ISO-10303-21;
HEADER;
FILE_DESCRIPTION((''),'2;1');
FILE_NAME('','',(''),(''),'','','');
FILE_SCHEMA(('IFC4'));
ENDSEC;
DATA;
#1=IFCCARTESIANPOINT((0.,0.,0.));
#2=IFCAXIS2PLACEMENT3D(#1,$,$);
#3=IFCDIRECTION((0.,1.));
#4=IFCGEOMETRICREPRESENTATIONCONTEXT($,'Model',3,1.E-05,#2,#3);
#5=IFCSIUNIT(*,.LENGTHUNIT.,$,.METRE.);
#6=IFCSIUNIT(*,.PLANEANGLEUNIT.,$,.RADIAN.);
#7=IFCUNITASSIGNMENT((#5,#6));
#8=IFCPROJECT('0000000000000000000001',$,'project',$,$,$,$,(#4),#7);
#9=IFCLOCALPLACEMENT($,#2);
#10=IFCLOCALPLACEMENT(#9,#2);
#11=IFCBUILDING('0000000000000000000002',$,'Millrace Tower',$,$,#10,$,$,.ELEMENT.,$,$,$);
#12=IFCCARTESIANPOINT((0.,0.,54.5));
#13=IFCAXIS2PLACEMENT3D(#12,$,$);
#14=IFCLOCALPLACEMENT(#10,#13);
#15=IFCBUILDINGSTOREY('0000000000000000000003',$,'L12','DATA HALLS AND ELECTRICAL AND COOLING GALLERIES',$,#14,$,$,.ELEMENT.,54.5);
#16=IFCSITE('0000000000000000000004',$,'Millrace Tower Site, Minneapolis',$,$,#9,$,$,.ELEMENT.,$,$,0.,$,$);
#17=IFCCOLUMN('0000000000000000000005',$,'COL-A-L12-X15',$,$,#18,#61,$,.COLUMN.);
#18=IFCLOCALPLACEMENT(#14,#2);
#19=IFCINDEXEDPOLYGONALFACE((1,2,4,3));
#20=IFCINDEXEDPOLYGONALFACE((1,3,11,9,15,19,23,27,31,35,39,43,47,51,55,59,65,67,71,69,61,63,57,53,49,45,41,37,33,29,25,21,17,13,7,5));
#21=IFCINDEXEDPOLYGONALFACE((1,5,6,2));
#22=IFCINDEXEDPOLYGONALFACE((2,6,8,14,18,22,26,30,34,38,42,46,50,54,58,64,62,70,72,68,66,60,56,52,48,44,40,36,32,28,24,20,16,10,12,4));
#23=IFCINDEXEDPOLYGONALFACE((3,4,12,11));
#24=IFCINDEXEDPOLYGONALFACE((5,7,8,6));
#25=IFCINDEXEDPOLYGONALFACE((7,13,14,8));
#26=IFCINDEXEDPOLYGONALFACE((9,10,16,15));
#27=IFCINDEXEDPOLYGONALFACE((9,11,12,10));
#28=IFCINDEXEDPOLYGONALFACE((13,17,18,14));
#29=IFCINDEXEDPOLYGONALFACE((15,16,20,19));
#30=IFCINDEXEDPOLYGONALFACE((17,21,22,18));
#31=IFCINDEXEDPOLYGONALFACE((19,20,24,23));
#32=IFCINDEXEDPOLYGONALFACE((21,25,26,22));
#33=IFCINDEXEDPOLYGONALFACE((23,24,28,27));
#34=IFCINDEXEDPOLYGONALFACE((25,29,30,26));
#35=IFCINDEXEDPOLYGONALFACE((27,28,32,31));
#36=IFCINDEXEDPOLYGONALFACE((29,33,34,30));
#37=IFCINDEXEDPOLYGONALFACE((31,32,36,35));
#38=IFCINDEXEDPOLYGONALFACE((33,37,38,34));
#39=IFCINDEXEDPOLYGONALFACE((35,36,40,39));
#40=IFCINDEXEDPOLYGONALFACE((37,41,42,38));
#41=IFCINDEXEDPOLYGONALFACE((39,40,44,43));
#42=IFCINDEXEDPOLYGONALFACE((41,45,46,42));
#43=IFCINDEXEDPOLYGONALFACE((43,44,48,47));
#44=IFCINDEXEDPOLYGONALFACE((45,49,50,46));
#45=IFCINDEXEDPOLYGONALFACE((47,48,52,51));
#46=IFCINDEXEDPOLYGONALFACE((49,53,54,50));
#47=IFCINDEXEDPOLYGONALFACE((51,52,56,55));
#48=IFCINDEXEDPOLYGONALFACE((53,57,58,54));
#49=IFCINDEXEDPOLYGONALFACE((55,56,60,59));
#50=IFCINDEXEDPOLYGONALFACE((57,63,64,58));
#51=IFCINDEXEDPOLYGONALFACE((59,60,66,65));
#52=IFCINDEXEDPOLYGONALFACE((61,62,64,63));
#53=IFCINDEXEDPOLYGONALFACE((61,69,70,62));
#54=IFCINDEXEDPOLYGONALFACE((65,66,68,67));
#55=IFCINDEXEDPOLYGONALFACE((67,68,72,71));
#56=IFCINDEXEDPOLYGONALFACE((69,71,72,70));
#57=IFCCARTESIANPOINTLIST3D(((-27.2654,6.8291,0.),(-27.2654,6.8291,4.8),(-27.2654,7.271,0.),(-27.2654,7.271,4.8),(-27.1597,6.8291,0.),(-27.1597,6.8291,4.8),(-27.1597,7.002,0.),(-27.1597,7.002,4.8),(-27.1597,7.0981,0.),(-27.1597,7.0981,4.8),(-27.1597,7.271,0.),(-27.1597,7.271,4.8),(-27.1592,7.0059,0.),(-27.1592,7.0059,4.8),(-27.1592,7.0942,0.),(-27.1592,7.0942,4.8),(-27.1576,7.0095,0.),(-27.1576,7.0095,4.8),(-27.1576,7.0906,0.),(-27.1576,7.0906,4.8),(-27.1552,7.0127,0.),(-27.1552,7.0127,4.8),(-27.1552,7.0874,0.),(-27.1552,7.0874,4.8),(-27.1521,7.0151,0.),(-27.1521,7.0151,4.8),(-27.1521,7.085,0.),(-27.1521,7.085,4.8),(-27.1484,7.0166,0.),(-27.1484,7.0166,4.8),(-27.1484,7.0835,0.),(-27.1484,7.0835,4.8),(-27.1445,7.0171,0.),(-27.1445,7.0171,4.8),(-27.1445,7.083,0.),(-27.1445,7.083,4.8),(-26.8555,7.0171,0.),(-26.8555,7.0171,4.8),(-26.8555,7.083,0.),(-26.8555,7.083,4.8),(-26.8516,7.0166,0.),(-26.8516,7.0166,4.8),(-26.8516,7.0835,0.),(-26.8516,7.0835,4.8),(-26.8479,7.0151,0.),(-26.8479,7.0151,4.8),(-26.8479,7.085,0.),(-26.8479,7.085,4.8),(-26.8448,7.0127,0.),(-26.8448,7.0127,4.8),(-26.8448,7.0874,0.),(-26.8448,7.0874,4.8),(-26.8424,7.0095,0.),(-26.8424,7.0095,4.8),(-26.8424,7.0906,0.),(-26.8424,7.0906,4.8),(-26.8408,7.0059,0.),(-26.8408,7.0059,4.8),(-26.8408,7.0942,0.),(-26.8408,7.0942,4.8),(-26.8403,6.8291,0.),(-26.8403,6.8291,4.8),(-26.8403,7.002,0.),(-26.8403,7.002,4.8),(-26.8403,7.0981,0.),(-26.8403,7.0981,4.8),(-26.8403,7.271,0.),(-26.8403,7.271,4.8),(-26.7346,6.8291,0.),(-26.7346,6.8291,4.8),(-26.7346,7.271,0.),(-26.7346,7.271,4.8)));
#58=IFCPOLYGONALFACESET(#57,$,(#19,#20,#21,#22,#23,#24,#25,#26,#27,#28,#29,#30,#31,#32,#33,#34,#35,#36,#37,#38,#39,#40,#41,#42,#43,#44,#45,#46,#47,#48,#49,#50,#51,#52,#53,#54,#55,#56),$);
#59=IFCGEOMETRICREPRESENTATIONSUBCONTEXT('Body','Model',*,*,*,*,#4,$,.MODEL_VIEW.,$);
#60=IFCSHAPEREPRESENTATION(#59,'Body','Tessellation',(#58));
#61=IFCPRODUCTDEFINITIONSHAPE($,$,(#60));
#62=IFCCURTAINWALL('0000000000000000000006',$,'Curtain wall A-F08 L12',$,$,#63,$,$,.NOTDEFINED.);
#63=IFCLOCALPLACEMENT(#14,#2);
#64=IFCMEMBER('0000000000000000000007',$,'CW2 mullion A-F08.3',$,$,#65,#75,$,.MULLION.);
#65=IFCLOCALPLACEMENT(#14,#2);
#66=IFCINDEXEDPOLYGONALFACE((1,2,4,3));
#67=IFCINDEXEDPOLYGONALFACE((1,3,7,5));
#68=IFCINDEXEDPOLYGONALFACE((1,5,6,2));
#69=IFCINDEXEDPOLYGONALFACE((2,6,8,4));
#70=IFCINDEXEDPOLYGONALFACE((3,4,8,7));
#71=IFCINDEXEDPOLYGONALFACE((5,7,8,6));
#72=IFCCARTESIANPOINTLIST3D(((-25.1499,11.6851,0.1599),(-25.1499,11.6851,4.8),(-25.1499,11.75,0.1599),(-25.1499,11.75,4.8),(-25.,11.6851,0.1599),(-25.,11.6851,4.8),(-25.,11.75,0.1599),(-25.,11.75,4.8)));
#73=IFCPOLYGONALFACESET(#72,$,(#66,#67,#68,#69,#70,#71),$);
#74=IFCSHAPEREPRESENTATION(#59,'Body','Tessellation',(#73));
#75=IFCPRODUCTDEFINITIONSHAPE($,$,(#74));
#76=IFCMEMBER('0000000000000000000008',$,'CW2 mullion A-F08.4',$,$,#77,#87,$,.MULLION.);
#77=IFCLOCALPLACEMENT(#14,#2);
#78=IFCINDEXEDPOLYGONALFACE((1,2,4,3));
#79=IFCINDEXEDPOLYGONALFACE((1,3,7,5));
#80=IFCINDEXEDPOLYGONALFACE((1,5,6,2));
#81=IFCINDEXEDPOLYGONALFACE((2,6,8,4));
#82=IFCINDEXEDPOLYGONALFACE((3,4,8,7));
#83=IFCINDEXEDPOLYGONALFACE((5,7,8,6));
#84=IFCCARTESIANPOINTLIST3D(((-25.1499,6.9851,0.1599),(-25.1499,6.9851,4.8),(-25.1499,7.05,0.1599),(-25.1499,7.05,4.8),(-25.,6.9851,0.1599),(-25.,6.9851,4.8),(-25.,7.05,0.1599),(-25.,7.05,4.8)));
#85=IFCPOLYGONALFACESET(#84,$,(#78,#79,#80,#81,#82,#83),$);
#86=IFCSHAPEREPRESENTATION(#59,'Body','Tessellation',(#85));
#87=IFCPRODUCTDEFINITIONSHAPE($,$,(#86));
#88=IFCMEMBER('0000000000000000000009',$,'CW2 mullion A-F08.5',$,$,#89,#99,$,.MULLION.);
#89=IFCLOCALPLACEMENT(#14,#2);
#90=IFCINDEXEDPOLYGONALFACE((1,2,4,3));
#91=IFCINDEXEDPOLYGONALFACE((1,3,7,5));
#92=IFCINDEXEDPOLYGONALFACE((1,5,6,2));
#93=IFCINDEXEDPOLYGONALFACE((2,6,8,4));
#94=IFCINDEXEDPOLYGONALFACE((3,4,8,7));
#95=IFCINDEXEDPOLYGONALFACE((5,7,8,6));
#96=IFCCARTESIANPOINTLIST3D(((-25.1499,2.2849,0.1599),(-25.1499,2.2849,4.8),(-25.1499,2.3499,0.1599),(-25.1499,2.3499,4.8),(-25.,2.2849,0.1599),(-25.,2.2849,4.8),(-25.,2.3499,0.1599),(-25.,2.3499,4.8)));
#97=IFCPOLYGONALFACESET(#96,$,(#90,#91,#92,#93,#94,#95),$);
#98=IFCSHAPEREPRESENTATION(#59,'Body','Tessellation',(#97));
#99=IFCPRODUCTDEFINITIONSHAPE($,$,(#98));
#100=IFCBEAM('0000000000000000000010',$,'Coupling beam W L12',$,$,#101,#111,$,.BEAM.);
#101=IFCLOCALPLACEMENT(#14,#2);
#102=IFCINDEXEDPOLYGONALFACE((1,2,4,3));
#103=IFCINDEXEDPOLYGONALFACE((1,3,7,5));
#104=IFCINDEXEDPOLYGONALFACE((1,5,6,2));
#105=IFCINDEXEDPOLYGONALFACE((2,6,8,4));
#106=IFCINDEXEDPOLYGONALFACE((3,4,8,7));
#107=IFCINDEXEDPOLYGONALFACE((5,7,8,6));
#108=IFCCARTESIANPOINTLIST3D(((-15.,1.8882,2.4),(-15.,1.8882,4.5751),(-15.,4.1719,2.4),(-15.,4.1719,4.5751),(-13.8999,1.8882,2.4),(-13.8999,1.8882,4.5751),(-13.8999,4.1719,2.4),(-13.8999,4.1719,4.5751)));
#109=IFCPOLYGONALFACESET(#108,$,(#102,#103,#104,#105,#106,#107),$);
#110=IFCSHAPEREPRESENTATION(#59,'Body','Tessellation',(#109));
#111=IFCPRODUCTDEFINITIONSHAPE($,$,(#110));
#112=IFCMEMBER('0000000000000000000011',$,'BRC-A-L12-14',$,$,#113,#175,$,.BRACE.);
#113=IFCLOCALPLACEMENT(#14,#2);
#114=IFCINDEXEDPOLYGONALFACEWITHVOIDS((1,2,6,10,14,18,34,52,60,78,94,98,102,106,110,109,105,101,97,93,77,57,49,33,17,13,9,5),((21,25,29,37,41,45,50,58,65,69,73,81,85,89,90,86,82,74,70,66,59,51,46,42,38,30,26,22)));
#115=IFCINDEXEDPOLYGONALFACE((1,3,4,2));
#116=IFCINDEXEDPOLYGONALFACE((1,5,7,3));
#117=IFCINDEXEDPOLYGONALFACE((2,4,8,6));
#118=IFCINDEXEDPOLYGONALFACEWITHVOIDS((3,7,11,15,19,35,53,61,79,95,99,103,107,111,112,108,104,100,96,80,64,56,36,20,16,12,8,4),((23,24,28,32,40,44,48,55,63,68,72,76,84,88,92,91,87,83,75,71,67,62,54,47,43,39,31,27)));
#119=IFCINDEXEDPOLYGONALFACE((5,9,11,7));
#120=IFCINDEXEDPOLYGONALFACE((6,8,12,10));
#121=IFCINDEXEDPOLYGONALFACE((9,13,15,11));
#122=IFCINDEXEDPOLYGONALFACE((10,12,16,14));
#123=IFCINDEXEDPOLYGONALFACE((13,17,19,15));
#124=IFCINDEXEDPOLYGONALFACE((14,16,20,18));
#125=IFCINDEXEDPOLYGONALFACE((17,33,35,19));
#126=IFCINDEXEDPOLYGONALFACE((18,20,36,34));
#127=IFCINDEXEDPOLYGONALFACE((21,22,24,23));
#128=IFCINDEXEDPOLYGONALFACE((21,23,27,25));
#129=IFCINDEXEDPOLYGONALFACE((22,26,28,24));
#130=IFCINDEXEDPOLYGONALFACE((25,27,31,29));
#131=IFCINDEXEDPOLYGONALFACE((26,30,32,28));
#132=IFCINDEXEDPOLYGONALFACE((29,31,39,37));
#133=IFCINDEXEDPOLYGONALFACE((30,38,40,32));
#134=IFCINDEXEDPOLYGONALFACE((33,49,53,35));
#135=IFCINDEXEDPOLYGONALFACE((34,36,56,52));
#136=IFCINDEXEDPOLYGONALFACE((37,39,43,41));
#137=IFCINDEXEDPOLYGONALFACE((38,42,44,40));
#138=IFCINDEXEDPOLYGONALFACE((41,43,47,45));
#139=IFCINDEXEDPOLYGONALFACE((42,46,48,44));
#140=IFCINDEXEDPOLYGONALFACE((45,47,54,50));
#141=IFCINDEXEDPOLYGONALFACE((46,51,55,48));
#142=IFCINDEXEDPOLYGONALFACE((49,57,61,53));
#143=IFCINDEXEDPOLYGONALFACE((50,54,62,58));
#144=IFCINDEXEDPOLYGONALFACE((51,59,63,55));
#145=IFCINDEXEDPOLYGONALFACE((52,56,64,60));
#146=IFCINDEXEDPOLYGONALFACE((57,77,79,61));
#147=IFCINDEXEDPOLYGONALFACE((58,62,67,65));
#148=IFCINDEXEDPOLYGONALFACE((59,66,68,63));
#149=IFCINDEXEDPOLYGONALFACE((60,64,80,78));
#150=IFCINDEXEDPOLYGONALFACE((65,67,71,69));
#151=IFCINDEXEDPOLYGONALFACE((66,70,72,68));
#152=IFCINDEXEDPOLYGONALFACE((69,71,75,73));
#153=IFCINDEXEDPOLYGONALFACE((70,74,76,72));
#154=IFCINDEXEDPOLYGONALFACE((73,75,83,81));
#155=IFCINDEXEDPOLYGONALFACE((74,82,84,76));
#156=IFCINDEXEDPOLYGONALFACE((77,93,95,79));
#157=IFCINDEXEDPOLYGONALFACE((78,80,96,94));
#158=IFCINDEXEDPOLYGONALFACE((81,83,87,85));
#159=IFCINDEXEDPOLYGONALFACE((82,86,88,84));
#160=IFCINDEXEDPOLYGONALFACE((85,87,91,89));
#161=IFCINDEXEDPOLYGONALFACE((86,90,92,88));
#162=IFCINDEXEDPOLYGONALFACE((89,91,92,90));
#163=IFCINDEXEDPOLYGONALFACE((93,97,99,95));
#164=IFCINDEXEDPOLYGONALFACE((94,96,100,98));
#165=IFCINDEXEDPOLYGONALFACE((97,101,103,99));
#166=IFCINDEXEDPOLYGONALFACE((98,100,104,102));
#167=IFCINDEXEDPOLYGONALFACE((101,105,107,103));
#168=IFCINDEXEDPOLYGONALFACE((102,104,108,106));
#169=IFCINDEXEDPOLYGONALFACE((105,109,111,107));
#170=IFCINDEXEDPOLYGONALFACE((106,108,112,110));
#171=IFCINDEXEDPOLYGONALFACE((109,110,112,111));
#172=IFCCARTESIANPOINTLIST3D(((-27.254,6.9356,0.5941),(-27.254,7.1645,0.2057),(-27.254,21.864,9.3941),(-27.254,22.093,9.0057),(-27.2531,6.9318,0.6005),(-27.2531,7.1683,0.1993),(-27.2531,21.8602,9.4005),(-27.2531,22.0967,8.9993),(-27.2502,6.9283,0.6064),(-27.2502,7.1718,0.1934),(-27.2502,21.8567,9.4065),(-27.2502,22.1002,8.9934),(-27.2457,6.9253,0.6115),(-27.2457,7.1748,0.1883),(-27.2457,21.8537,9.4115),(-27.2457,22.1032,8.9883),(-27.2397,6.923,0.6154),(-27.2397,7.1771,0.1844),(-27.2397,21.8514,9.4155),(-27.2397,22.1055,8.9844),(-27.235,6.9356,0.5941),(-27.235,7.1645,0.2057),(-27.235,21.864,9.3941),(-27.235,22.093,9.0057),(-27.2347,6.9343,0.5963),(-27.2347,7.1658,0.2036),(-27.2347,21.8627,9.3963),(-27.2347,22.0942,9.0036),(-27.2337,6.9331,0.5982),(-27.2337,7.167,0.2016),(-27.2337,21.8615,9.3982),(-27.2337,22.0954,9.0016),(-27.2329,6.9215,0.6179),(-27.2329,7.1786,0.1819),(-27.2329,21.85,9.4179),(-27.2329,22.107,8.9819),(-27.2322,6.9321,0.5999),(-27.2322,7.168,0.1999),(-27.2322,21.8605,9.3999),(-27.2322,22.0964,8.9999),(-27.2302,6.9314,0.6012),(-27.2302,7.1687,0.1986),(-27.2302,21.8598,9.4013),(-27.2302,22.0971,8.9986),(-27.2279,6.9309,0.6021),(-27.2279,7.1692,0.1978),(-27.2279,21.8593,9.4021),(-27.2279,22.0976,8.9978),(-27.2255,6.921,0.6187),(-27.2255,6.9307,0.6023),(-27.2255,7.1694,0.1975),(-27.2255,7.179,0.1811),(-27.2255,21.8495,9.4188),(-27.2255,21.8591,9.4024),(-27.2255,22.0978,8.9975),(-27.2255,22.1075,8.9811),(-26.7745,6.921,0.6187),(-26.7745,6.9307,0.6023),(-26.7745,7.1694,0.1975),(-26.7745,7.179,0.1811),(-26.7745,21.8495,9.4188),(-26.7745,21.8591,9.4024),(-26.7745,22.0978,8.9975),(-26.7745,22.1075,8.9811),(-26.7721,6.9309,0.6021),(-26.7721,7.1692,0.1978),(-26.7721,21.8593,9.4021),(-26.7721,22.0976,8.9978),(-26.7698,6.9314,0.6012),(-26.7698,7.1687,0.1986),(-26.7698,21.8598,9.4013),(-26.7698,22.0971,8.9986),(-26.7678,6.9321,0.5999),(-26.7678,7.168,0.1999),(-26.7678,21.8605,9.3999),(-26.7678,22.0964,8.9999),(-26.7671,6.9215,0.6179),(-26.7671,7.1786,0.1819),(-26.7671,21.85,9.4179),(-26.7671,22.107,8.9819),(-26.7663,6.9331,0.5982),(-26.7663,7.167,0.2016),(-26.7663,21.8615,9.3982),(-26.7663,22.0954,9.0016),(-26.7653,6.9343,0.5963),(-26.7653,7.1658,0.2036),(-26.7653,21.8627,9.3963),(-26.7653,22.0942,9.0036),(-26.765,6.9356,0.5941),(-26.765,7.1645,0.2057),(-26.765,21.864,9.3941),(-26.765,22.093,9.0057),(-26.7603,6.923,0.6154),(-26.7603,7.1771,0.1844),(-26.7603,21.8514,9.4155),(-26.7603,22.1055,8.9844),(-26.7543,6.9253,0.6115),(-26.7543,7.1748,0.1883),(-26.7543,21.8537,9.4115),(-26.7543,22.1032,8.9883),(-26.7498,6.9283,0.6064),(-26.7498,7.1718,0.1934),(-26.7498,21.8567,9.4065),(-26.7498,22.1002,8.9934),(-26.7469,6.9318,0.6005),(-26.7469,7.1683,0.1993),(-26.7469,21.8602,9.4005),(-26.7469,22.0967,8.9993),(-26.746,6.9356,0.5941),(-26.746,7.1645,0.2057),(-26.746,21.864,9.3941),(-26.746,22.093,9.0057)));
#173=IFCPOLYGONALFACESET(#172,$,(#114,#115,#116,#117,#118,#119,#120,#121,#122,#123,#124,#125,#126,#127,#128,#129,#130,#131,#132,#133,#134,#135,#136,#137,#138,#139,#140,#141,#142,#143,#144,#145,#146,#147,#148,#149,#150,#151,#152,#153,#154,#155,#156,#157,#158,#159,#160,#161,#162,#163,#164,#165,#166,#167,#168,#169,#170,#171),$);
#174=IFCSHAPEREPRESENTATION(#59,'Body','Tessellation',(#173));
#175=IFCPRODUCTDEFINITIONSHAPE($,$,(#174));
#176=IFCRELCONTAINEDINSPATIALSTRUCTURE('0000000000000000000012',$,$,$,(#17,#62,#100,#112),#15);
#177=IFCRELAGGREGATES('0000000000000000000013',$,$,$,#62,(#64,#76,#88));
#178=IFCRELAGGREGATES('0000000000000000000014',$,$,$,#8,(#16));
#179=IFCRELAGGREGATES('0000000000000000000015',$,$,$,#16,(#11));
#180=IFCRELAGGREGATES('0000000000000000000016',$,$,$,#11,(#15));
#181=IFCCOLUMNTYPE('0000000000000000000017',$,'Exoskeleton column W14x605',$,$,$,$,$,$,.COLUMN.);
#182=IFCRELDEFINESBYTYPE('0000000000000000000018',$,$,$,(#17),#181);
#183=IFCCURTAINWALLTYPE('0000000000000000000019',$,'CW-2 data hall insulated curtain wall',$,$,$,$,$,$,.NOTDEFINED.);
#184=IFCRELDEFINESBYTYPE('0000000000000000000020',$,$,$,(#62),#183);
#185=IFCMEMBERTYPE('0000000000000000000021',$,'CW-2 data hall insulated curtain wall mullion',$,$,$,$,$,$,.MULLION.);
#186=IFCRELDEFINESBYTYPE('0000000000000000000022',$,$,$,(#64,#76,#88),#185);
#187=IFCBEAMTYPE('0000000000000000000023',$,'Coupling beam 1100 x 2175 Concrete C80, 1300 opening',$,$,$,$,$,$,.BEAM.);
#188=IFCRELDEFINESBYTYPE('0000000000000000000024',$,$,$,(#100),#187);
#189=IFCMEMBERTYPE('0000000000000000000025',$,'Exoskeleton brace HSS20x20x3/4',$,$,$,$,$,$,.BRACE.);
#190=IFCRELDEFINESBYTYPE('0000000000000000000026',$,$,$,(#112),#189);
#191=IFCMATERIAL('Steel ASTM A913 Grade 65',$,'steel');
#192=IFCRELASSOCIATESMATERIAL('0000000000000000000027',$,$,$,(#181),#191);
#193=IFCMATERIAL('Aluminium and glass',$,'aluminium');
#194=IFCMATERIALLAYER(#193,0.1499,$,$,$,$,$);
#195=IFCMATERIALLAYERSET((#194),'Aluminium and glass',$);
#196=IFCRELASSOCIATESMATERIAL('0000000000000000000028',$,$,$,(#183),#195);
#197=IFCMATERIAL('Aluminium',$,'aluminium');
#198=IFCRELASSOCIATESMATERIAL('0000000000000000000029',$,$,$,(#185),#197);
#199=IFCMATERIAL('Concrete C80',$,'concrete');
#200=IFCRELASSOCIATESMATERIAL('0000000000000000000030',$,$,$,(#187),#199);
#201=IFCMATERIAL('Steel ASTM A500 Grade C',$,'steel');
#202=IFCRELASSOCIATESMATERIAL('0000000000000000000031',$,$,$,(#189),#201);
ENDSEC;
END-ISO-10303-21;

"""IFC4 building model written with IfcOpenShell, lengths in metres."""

from ifc_helpers import new_model, si_unit, direction, frame, origin, origin_2d, place, context, subcontext, project, spatial, rectangle, hollow_rectangle, i_section, extrude, material, layer, layer_set, material_profile, profile_set, type_object, element, aggregate, save


model = new_model("IFC4")

# Units and contexts
model_context = context("Model", 3, precision=1e-05, world=origin(), true_north=direction((0.0, 1.0)))
body_context = subcontext(model_context, "Body", "Model", "MODEL_VIEW")
ifc_project = project(units=[si_unit("LENGTHUNIT", "METRE"), si_unit("PLANEANGLEUNIT", "RADIAN")], contexts=[model_context])

# Site, building, storey
site_placement = place(None, origin())
site = spatial("IfcSite", under=ifc_project, at=site_placement, Name="Millrace Tower Site, Minneapolis", CompositionType="ELEMENT", RefElevation=0.0)
building_placement = place(site_placement, origin())
building = spatial("IfcBuilding", under=site, at=building_placement, Name="Millrace Tower", CompositionType="ELEMENT")
storey_placement = place(building_placement, frame((0.0, 0.0, 54.5)))
storey = spatial("IfcBuildingStorey", under=building, at=storey_placement, Name="L12", Description="DATA HALLS AND ELECTRICAL AND COOLING GALLERIES", CompositionType="ELEMENT", Elevation=54.5)

# Column
ifc_material_1 = material(Name="Steel ASTM A913 Grade 65", Category="steel")
ifc_material_profile_1 = material_profile(ifc_material_1, i_section(OverallWidth=0.4419, OverallDepth=0.5308, WebThickness=0.0659, FlangeThickness=0.1057, FilletRadius=0.0151, at=origin_2d()))
ifc_profile_set_1 = profile_set([ifc_material_profile_1], Name="Steel ASTM A913 Grade 65")
column_type = type_object("IfcColumnType", Name="Exoskeleton column W14x605", PredefinedType="COLUMN", material=ifc_profile_set_1)
column_placement = place(storey_placement, frame((-27.0, 7.05, 0.0), z_axis=(0.0, 0.0, 1.0), x_axis=(0.0, -1.0, 0.0)))
element("IfcColumn", 1, at=column_placement, inside=storey, type_object=column_type, Name="COL-A-L12-X15", PredefinedType="COLUMN", context=body_context, shape_type="SweptSolid", body=[
    extrude(i_section(OverallWidth=0.4419, OverallDepth=0.5308, WebThickness=0.0659, FlangeThickness=0.1057, FilletRadius=0.0151, at=origin_2d()), origin(), (0.0, 0.0, 1.0), 4.8),
])

# Curtain wall, members
ifc_material_2 = material(Name="Aluminium and glass", Category="aluminium")
ifc_layer_1 = layer(ifc_material_2, 0.1499)
ifc_layer_set_1 = layer_set([ifc_layer_1], Name="Aluminium and glass")
curtain_wall_type = type_object("IfcCurtainWallType", Name="CW-2 data hall insulated curtain wall", PredefinedType="NOTDEFINED", material=ifc_layer_set_1)
curtain_wall_placement = place(storey_placement, origin())
curtain_wall = element("IfcCurtainWall", 2, at=curtain_wall_placement, inside=storey, type_object=curtain_wall_type, Name="Curtain wall A-F08 L12", PredefinedType="NOTDEFINED")
ifc_material_3 = material(Name="Aluminium", Category="aluminium")
ifc_material_profile_2 = material_profile(ifc_material_3, rectangle(XDim=0.0649, YDim=0.1499, at=origin_2d()))
ifc_profile_set_2 = profile_set([ifc_material_profile_2], Name="Aluminium")
member_type_1 = type_object("IfcMemberType", Name="CW-2 data hall insulated curtain wall mullion", PredefinedType="MULLION", material=ifc_profile_set_2)
member_1_placement = place(storey_placement, frame((-25.075, 11.7175, 0.1599), z_axis=(0.0, 0.0, 1.0), x_axis=(0.0, -1.0, 0.0)))
member_1 = element("IfcMember", 3, at=member_1_placement, type_object=member_type_1, Name="CW2 mullion A-F08.3", PredefinedType="MULLION", context=body_context, shape_type="SweptSolid", body=[
    extrude(rectangle(XDim=0.0649, YDim=0.1499, at=origin_2d()), origin(), (0.0, 0.0, 1.0), 4.6401),
])
member_2_placement = place(storey_placement, frame((-25.075, 7.0176, 0.1599), z_axis=(0.0, 0.0, 1.0), x_axis=(0.0, -1.0, 0.0)))
member_2 = element("IfcMember", 4, at=member_2_placement, type_object=member_type_1, Name="CW2 mullion A-F08.4", PredefinedType="MULLION", context=body_context, shape_type="SweptSolid", body=[
    extrude(rectangle(XDim=0.0649, YDim=0.1499, at=origin_2d()), origin(), (0.0, 0.0, 1.0), 4.6401),
])
member_3_placement = place(storey_placement, frame((-25.075, 2.3174, 0.1599), z_axis=(0.0, 0.0, 1.0), x_axis=(0.0, -1.0, 0.0)))
member_3 = element("IfcMember", 5, at=member_3_placement, type_object=member_type_1, Name="CW2 mullion A-F08.5", PredefinedType="MULLION", context=body_context, shape_type="SweptSolid", body=[
    extrude(rectangle(XDim=0.0649, YDim=0.1499, at=origin_2d()), origin(), (0.0, 0.0, 1.0), 4.6401),
])
aggregate(curtain_wall, [member_1, member_2, member_3])

# Beam
ifc_material_4 = material(Name="Concrete C80", Category="concrete")
ifc_material_profile_3 = material_profile(ifc_material_4, rectangle(XDim=1.1001, YDim=2.175, at=origin_2d()))
ifc_profile_set_3 = profile_set([ifc_material_profile_3], Name="Concrete C80")
beam_type_1 = type_object("IfcBeamType", Name="Coupling beam 1100 x 2175 Concrete C80, 1300 opening", PredefinedType="BEAM", material=ifc_profile_set_3)
beam_1_placement = place(storey_placement, frame((-14.45, 1.8882, 3.4875), z_axis=(0.0, 1.0, 0.0), x_axis=(-1.0, 0.0, 0.0)))
element("IfcBeam", 6, at=beam_1_placement, inside=storey, type_object=beam_type_1, Name="Coupling beam W L12", PredefinedType="BEAM", context=body_context, shape_type="SweptSolid", body=[
    extrude(rectangle(XDim=1.1001, YDim=2.175, at=origin_2d()), origin(), (0.0, 0.0, 1.0), 2.2837),
])

# Member
ifc_material_5 = material(Name="Steel ASTM A500 Grade C", Category="steel")
ifc_material_profile_4 = material_profile(ifc_material_5, hollow_rectangle(XDim=0.5081, YDim=0.5081, WallThickness=0.019, InnerFilletRadius=0.0095, OuterFilletRadius=0.0286, at=origin_2d()))
ifc_profile_set_4 = profile_set([ifc_material_profile_4], Name="Steel ASTM A500 Grade C")
member_type_2 = type_object("IfcMemberType", Name="Exoskeleton brace HSS20x20x3/4", PredefinedType="BRACE", material=ifc_profile_set_4)
member_4_placement = place(storey_placement, frame((-27.0, 7.05, 0.3999), z_axis=(0.0, 0.861465, 0.507817), x_axis=(-1.0, 0.0, 0.0)))
element("IfcMember", 7, at=member_4_placement, inside=storey, type_object=member_type_2, Name="BRC-A-L12-14", PredefinedType="BRACE", context=body_context, shape_type="SweptSolid", body=[
    extrude(hollow_rectangle(XDim=0.5081, YDim=0.5081, WallThickness=0.019, InnerFilletRadius=0.0095, OuterFilletRadius=0.0286, at=origin_2d()), origin(), (0.0, 0.0, 1.0), 17.3291),
])

save(model, "model.ifc")
